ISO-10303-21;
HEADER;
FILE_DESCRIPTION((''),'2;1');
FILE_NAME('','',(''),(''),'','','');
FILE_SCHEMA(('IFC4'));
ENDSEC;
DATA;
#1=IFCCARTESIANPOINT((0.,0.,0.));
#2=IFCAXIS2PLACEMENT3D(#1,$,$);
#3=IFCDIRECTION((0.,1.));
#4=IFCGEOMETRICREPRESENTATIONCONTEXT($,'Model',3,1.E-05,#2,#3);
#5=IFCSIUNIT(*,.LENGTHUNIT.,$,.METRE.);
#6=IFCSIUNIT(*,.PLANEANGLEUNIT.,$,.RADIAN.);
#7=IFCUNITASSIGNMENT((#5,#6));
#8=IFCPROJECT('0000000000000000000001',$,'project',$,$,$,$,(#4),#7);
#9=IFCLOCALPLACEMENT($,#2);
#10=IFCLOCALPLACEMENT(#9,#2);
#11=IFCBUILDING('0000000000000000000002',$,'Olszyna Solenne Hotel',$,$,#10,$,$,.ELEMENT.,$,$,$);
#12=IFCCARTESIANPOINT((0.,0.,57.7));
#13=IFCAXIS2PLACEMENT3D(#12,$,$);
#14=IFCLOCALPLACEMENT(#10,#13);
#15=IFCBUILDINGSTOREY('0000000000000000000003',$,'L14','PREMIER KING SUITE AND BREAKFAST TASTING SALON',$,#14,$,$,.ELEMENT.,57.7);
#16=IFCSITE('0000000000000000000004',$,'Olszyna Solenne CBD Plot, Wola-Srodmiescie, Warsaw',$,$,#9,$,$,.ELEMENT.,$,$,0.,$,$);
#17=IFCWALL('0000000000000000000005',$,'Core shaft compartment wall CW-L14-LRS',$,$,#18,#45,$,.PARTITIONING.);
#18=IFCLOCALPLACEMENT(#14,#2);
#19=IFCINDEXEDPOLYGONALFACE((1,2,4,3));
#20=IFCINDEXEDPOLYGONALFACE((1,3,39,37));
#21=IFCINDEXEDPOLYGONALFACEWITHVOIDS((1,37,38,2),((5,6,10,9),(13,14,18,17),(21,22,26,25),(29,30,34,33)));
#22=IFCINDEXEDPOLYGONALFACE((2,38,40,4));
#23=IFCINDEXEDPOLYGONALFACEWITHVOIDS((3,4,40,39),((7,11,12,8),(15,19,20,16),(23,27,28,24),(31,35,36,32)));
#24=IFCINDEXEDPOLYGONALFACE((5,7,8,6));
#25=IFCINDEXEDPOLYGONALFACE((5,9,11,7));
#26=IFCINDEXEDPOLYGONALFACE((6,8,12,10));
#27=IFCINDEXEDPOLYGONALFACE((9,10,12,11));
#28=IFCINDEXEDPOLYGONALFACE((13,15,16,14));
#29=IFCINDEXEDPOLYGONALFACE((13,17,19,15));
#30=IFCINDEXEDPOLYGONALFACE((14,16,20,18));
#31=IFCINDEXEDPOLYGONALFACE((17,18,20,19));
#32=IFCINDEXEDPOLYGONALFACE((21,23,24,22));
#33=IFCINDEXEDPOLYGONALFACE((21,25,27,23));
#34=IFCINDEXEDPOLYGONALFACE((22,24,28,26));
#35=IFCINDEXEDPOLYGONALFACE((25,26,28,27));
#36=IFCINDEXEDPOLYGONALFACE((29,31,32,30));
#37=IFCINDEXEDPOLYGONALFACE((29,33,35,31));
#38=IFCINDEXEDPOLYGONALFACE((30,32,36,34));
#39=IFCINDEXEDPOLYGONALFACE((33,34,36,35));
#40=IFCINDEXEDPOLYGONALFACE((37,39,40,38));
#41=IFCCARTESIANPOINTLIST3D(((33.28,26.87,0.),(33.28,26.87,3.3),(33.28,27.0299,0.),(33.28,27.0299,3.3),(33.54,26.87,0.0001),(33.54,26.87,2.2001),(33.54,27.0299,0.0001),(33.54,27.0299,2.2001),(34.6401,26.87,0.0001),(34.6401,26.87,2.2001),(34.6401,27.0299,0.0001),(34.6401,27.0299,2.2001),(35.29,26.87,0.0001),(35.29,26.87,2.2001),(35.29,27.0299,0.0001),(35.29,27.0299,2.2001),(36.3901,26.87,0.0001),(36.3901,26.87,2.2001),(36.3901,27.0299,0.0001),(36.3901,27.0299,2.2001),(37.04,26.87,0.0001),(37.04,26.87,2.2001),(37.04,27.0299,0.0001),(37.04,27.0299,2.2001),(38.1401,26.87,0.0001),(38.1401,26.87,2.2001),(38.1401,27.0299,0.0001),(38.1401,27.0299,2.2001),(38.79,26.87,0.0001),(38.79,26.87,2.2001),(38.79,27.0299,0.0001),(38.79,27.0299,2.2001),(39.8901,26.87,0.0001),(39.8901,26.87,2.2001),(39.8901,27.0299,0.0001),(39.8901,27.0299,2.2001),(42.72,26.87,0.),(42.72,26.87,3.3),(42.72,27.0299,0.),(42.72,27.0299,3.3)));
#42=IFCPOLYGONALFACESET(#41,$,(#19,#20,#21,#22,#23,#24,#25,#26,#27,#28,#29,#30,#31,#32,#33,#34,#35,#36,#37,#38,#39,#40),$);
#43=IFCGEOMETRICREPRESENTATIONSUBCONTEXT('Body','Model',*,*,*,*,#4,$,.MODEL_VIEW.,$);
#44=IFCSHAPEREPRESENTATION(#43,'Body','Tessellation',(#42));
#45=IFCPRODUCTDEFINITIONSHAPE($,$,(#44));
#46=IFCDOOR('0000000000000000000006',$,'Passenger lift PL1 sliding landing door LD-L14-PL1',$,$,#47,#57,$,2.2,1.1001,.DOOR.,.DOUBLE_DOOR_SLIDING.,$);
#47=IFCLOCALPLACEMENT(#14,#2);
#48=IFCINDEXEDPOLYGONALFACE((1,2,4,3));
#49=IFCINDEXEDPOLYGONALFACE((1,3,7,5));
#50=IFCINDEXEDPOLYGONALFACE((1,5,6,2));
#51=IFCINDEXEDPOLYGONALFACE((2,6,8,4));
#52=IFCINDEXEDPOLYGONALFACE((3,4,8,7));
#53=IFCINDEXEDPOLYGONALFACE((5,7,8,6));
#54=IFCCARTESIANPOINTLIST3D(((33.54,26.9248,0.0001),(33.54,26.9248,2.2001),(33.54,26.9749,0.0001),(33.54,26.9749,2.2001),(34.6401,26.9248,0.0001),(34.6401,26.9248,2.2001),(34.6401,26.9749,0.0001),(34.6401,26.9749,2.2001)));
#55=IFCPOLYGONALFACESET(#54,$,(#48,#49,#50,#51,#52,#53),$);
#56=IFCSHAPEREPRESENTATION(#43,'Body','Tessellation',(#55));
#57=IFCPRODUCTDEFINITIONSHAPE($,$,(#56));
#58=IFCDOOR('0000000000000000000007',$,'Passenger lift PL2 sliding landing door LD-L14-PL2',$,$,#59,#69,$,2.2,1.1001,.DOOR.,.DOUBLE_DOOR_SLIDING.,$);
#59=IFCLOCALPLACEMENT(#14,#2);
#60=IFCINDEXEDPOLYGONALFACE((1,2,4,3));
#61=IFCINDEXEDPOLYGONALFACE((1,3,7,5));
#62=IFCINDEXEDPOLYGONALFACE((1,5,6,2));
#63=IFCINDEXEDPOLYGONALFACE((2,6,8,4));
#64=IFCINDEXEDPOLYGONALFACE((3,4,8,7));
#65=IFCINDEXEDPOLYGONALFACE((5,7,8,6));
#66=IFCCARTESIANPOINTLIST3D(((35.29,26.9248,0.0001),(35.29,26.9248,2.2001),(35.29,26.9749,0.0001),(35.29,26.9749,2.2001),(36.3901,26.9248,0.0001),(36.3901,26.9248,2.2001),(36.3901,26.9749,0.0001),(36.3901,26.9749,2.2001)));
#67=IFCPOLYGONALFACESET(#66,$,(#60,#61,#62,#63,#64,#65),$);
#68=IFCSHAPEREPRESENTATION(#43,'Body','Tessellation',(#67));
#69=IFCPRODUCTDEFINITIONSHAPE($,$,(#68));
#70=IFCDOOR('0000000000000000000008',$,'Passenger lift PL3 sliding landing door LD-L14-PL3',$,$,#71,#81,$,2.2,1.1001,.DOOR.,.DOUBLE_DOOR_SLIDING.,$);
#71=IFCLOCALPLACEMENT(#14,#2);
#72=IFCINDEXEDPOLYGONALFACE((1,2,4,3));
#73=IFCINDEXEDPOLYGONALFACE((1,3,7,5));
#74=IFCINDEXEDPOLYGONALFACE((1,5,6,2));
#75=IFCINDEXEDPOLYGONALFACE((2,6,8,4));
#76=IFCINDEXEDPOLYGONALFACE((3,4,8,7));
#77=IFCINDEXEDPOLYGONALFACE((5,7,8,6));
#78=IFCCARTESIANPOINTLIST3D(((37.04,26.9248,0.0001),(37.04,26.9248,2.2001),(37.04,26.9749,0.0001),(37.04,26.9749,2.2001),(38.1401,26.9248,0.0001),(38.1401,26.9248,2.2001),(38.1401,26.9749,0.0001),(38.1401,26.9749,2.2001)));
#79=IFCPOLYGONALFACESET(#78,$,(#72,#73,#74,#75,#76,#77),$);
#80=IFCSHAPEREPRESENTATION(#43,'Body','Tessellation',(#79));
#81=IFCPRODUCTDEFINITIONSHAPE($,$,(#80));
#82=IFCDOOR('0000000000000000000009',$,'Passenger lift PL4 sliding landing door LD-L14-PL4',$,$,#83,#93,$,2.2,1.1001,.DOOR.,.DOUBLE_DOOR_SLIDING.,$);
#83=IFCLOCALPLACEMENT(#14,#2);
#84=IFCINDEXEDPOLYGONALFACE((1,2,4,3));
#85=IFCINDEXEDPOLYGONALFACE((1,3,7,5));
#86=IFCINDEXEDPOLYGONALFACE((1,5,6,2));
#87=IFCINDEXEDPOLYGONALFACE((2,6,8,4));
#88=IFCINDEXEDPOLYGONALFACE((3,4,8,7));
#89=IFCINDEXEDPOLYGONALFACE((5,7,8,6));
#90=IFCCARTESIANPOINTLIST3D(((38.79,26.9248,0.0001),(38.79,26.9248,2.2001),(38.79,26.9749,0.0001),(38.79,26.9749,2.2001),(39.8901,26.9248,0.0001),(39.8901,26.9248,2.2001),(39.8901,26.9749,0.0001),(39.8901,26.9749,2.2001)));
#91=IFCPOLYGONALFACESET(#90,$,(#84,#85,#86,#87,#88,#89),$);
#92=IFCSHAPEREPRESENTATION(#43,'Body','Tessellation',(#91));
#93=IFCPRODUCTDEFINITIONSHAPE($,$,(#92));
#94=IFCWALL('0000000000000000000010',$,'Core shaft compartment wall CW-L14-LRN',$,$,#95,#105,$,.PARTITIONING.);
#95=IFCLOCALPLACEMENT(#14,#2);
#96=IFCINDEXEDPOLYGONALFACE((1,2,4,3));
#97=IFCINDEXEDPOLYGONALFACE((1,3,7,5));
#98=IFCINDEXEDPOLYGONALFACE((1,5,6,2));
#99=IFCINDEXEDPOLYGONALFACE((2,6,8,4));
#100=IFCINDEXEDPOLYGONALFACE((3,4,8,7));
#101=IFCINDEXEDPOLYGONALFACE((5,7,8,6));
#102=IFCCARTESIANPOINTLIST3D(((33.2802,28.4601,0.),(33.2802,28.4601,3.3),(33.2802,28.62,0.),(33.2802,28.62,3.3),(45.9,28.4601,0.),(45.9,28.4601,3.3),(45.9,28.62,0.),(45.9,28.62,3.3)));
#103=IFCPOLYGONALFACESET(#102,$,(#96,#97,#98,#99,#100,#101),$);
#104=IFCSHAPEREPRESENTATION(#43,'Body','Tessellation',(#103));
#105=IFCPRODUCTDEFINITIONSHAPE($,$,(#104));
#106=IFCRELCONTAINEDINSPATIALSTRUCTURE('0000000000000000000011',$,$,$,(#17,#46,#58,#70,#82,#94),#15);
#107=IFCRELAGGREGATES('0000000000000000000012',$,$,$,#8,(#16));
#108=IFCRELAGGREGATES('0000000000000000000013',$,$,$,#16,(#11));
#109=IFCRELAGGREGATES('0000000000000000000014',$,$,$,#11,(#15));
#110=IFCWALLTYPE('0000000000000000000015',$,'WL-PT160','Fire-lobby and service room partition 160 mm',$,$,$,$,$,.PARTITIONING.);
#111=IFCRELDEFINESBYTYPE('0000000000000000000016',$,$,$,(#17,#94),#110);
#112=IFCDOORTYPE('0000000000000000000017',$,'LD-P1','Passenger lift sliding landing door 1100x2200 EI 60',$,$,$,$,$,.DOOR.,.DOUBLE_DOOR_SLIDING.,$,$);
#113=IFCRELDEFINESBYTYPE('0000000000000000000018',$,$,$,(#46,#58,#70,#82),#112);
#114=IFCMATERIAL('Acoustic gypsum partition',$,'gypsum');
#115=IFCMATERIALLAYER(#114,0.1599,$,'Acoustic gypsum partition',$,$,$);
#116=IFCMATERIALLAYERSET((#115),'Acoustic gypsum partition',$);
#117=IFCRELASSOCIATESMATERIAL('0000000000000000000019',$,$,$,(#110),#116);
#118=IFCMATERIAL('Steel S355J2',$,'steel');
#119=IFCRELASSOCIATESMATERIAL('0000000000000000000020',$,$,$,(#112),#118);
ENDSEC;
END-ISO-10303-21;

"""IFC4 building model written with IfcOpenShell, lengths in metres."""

from ifc_helpers import new_model, si_unit, direction, frame, frame_2d, origin, place, context, subcontext, project, spatial, rectangle, extrude, source, transform, mapped, material, layer, layer_set, type_object, type_shapes, element, fill, save


model = new_model("IFC4")

# Units and contexts
model_context = context("Model", 3, precision=1e-05, world=origin(), true_north=direction((0.0, 1.0)))
body_context = subcontext(model_context, "Body", "Model", "MODEL_VIEW")
ifc_project = project(units=[si_unit("LENGTHUNIT", "METRE"), si_unit("PLANEANGLEUNIT", "RADIAN")], contexts=[model_context])

# Site, building, storey
site_placement = place(None, origin())
site = spatial("IfcSite", under=ifc_project, at=site_placement, Name="Olszyna Solenne CBD Plot, Wola-Srodmiescie, Warsaw", CompositionType="ELEMENT", RefElevation=0.0)
building_placement = place(site_placement, origin())
building = spatial("IfcBuilding", under=site, at=building_placement, Name="Olszyna Solenne Hotel", CompositionType="ELEMENT")
storey_placement = place(building_placement, frame((0.0, 0.0, 57.7)))
storey = spatial("IfcBuildingStorey", under=building, at=storey_placement, Name="L14", Description="PREMIER KING SUITE AND BREAKFAST TASTING SALON", CompositionType="ELEMENT", Elevation=57.7)

# Shared definitions
ifc_material_1 = material(Name="Steel S355J2", Category="steel")

# Shared definitions
ifc_material_2 = material(Name="Acoustic gypsum partition", Category="gypsum")

# Shared definitions
ifc_layer_1 = layer(ifc_material_2, 0.1599, Name="Acoustic gypsum partition")
ifc_layer_set_1 = layer_set([ifc_layer_1], Name="Acoustic gypsum partition")
wall_type_1 = type_object("IfcWallType", Name="WL-PT160", Description="Fire-lobby and service room partition 160 mm", PredefinedType="PARTITIONING", material=ifc_layer_set_1)

# Wall, openings, doors
wall_1_placement = place(storey_placement, frame((33.28, 26.95, 0.0), z_axis=(0.0, 0.0, 1.0), x_axis=(1.0, 0.0, 0.0)))
wall_1 = element("IfcWall", 1, at=wall_1_placement, inside=storey, type_object=wall_type_1, Name="Core shaft compartment wall CW-L14-LRS", PredefinedType="PARTITIONING", context=body_context, shape_type="SweptSolid", body=[
    extrude(rectangle(XDim=9.4399, YDim=0.1599, at=frame_2d((4.72, 0.0))), origin(), (0.0, 0.0, 1.0), 3.3),
])
opening_1_placement = place(wall_1_placement, frame((0.26, 0.0, 0.0)))
opening_1 = element("IfcOpeningElement", 2, at=opening_1_placement, cuts=wall_1, PredefinedType="OPENING", context=body_context, shape_type="SweptSolid", body=[
    extrude(rectangle(XDim=1.1001, YDim=2.2, at=frame_2d((0.55, 1.1001))), frame((0.0, 0.0898, 0.0), z_axis=(0.0, -1.0, 0.0), x_axis=(1.0, 0.0, 0.0)), (0.0, 0.0, 1.0), 0.1799),
])
opening_2_placement = place(wall_1_placement, frame((2.01, 0.0, 0.0)))
opening_2 = element("IfcOpeningElement", 3, at=opening_2_placement, cuts=wall_1, PredefinedType="OPENING", context=body_context, shape_type="SweptSolid", body=[
    extrude(rectangle(XDim=1.1001, YDim=2.2, at=frame_2d((0.55, 1.1001))), frame((0.0, 0.0898, 0.0), z_axis=(0.0, -1.0, 0.0), x_axis=(1.0, 0.0, 0.0)), (0.0, 0.0, 1.0), 0.1799),
])
opening_3_placement = place(wall_1_placement, frame((3.76, 0.0, 0.0)))
opening_3 = element("IfcOpeningElement", 4, at=opening_3_placement, cuts=wall_1, PredefinedType="OPENING", context=body_context, shape_type="SweptSolid", body=[
    extrude(rectangle(XDim=1.1001, YDim=2.2, at=frame_2d((0.55, 1.1001))), frame((0.0, 0.0898, 0.0), z_axis=(0.0, -1.0, 0.0), x_axis=(1.0, 0.0, 0.0)), (0.0, 0.0, 1.0), 0.1799),
])
opening_4_placement = place(wall_1_placement, frame((5.51, 0.0, 0.0)))
opening_4 = element("IfcOpeningElement", 5, at=opening_4_placement, cuts=wall_1, PredefinedType="OPENING", context=body_context, shape_type="SweptSolid", body=[
    extrude(rectangle(XDim=1.1001, YDim=2.2, at=frame_2d((0.55, 1.1001))), frame((0.0, 0.0898, 0.0), z_axis=(0.0, -1.0, 0.0), x_axis=(1.0, 0.0, 0.0)), (0.0, 0.0, 1.0), 0.1799),
])
door_type_1 = type_object("IfcDoorType", Name="LD-P1", Description="Passenger lift sliding landing door 1100x2200 EI 60", OperationType="DOUBLE_DOOR_SLIDING", PredefinedType="DOOR", material=ifc_material_1)
shared_shape_1 = source(origin(), body_context, "Body", "SweptSolid", [
    extrude(rectangle(XDim=1.1001, YDim=2.2, at=frame_2d((0.55, 1.1001))), frame((0.0, 0.0249, 0.0), z_axis=(0.0, -1.0, 0.0), x_axis=(1.0, 0.0, 0.0)), (0.0, 0.0, 1.0), 0.05),
])
type_shapes(door_type_1, [shared_shape_1])
door_1_placement = place(opening_1_placement, origin())
door_1 = element("IfcDoor", 6, at=door_1_placement, inside=storey, type_object=door_type_1, Name="Passenger lift PL1 sliding landing door LD-L14-PL1", OperationType="DOUBLE_DOOR_SLIDING", OverallHeight=2.2, OverallWidth=1.1001, PredefinedType="DOOR", context=body_context, shape_type="MappedRepresentation", body=[
    mapped(shared_shape_1, transform((0.0, 0.0, 0.0), x_axis=(1.0, 0.0, 0.0), y_axis=(0.0, 1.0, 0.0), z_axis=(0.0, 0.0, 1.0), scale=1.0)),
])
fill(opening_1, door_1)
door_2_placement = place(opening_2_placement, origin())
door_2 = element("IfcDoor", 7, at=door_2_placement, inside=storey, type_object=door_type_1, Name="Passenger lift PL2 sliding landing door LD-L14-PL2", OperationType="DOUBLE_DOOR_SLIDING", OverallHeight=2.2, OverallWidth=1.1001, PredefinedType="DOOR", context=body_context, shape_type="MappedRepresentation", body=[
    mapped(shared_shape_1, transform((0.0, 0.0, 0.0), x_axis=(1.0, 0.0, 0.0), y_axis=(0.0, 1.0, 0.0), z_axis=(0.0, 0.0, 1.0), scale=1.0)),
])
fill(opening_2, door_2)
door_3_placement = place(opening_3_placement, origin())
door_3 = element("IfcDoor", 8, at=door_3_placement, inside=storey, type_object=door_type_1, Name="Passenger lift PL3 sliding landing door LD-L14-PL3", OperationType="DOUBLE_DOOR_SLIDING", OverallHeight=2.2, OverallWidth=1.1001, PredefinedType="DOOR", context=body_context, shape_type="MappedRepresentation", body=[
    mapped(shared_shape_1, transform((0.0, 0.0, 0.0), x_axis=(1.0, 0.0, 0.0), y_axis=(0.0, 1.0, 0.0), z_axis=(0.0, 0.0, 1.0), scale=1.0)),
])
fill(opening_3, door_3)
door_4_placement = place(opening_4_placement, origin())
door_4 = element("IfcDoor", 9, at=door_4_placement, inside=storey, type_object=door_type_1, Name="Passenger lift PL4 sliding landing door LD-L14-PL4", OperationType="DOUBLE_DOOR_SLIDING", OverallHeight=2.2, OverallWidth=1.1001, PredefinedType="DOOR", context=body_context, shape_type="MappedRepresentation", body=[
    mapped(shared_shape_1, transform((0.0, 0.0, 0.0), x_axis=(1.0, 0.0, 0.0), y_axis=(0.0, 1.0, 0.0), z_axis=(0.0, 0.0, 1.0), scale=1.0)),
])
fill(opening_4, door_4)

# Wall
wall_2_placement = place(storey_placement, frame((33.28, 28.54, 0.0), z_axis=(0.0, 0.0, 1.0), x_axis=(1.0, 0.0, 0.0)))
element("IfcWall", 10, at=wall_2_placement, inside=storey, type_object=wall_type_1, Name="Core shaft compartment wall CW-L14-LRN", PredefinedType="PARTITIONING", context=body_context, shape_type="SweptSolid", body=[
    extrude(rectangle(XDim=12.6199, YDim=0.1599, at=frame_2d((6.3101, 0.0))), origin(), (0.0, 0.0, 1.0), 3.3),
])

save(model, "model.ifc")
